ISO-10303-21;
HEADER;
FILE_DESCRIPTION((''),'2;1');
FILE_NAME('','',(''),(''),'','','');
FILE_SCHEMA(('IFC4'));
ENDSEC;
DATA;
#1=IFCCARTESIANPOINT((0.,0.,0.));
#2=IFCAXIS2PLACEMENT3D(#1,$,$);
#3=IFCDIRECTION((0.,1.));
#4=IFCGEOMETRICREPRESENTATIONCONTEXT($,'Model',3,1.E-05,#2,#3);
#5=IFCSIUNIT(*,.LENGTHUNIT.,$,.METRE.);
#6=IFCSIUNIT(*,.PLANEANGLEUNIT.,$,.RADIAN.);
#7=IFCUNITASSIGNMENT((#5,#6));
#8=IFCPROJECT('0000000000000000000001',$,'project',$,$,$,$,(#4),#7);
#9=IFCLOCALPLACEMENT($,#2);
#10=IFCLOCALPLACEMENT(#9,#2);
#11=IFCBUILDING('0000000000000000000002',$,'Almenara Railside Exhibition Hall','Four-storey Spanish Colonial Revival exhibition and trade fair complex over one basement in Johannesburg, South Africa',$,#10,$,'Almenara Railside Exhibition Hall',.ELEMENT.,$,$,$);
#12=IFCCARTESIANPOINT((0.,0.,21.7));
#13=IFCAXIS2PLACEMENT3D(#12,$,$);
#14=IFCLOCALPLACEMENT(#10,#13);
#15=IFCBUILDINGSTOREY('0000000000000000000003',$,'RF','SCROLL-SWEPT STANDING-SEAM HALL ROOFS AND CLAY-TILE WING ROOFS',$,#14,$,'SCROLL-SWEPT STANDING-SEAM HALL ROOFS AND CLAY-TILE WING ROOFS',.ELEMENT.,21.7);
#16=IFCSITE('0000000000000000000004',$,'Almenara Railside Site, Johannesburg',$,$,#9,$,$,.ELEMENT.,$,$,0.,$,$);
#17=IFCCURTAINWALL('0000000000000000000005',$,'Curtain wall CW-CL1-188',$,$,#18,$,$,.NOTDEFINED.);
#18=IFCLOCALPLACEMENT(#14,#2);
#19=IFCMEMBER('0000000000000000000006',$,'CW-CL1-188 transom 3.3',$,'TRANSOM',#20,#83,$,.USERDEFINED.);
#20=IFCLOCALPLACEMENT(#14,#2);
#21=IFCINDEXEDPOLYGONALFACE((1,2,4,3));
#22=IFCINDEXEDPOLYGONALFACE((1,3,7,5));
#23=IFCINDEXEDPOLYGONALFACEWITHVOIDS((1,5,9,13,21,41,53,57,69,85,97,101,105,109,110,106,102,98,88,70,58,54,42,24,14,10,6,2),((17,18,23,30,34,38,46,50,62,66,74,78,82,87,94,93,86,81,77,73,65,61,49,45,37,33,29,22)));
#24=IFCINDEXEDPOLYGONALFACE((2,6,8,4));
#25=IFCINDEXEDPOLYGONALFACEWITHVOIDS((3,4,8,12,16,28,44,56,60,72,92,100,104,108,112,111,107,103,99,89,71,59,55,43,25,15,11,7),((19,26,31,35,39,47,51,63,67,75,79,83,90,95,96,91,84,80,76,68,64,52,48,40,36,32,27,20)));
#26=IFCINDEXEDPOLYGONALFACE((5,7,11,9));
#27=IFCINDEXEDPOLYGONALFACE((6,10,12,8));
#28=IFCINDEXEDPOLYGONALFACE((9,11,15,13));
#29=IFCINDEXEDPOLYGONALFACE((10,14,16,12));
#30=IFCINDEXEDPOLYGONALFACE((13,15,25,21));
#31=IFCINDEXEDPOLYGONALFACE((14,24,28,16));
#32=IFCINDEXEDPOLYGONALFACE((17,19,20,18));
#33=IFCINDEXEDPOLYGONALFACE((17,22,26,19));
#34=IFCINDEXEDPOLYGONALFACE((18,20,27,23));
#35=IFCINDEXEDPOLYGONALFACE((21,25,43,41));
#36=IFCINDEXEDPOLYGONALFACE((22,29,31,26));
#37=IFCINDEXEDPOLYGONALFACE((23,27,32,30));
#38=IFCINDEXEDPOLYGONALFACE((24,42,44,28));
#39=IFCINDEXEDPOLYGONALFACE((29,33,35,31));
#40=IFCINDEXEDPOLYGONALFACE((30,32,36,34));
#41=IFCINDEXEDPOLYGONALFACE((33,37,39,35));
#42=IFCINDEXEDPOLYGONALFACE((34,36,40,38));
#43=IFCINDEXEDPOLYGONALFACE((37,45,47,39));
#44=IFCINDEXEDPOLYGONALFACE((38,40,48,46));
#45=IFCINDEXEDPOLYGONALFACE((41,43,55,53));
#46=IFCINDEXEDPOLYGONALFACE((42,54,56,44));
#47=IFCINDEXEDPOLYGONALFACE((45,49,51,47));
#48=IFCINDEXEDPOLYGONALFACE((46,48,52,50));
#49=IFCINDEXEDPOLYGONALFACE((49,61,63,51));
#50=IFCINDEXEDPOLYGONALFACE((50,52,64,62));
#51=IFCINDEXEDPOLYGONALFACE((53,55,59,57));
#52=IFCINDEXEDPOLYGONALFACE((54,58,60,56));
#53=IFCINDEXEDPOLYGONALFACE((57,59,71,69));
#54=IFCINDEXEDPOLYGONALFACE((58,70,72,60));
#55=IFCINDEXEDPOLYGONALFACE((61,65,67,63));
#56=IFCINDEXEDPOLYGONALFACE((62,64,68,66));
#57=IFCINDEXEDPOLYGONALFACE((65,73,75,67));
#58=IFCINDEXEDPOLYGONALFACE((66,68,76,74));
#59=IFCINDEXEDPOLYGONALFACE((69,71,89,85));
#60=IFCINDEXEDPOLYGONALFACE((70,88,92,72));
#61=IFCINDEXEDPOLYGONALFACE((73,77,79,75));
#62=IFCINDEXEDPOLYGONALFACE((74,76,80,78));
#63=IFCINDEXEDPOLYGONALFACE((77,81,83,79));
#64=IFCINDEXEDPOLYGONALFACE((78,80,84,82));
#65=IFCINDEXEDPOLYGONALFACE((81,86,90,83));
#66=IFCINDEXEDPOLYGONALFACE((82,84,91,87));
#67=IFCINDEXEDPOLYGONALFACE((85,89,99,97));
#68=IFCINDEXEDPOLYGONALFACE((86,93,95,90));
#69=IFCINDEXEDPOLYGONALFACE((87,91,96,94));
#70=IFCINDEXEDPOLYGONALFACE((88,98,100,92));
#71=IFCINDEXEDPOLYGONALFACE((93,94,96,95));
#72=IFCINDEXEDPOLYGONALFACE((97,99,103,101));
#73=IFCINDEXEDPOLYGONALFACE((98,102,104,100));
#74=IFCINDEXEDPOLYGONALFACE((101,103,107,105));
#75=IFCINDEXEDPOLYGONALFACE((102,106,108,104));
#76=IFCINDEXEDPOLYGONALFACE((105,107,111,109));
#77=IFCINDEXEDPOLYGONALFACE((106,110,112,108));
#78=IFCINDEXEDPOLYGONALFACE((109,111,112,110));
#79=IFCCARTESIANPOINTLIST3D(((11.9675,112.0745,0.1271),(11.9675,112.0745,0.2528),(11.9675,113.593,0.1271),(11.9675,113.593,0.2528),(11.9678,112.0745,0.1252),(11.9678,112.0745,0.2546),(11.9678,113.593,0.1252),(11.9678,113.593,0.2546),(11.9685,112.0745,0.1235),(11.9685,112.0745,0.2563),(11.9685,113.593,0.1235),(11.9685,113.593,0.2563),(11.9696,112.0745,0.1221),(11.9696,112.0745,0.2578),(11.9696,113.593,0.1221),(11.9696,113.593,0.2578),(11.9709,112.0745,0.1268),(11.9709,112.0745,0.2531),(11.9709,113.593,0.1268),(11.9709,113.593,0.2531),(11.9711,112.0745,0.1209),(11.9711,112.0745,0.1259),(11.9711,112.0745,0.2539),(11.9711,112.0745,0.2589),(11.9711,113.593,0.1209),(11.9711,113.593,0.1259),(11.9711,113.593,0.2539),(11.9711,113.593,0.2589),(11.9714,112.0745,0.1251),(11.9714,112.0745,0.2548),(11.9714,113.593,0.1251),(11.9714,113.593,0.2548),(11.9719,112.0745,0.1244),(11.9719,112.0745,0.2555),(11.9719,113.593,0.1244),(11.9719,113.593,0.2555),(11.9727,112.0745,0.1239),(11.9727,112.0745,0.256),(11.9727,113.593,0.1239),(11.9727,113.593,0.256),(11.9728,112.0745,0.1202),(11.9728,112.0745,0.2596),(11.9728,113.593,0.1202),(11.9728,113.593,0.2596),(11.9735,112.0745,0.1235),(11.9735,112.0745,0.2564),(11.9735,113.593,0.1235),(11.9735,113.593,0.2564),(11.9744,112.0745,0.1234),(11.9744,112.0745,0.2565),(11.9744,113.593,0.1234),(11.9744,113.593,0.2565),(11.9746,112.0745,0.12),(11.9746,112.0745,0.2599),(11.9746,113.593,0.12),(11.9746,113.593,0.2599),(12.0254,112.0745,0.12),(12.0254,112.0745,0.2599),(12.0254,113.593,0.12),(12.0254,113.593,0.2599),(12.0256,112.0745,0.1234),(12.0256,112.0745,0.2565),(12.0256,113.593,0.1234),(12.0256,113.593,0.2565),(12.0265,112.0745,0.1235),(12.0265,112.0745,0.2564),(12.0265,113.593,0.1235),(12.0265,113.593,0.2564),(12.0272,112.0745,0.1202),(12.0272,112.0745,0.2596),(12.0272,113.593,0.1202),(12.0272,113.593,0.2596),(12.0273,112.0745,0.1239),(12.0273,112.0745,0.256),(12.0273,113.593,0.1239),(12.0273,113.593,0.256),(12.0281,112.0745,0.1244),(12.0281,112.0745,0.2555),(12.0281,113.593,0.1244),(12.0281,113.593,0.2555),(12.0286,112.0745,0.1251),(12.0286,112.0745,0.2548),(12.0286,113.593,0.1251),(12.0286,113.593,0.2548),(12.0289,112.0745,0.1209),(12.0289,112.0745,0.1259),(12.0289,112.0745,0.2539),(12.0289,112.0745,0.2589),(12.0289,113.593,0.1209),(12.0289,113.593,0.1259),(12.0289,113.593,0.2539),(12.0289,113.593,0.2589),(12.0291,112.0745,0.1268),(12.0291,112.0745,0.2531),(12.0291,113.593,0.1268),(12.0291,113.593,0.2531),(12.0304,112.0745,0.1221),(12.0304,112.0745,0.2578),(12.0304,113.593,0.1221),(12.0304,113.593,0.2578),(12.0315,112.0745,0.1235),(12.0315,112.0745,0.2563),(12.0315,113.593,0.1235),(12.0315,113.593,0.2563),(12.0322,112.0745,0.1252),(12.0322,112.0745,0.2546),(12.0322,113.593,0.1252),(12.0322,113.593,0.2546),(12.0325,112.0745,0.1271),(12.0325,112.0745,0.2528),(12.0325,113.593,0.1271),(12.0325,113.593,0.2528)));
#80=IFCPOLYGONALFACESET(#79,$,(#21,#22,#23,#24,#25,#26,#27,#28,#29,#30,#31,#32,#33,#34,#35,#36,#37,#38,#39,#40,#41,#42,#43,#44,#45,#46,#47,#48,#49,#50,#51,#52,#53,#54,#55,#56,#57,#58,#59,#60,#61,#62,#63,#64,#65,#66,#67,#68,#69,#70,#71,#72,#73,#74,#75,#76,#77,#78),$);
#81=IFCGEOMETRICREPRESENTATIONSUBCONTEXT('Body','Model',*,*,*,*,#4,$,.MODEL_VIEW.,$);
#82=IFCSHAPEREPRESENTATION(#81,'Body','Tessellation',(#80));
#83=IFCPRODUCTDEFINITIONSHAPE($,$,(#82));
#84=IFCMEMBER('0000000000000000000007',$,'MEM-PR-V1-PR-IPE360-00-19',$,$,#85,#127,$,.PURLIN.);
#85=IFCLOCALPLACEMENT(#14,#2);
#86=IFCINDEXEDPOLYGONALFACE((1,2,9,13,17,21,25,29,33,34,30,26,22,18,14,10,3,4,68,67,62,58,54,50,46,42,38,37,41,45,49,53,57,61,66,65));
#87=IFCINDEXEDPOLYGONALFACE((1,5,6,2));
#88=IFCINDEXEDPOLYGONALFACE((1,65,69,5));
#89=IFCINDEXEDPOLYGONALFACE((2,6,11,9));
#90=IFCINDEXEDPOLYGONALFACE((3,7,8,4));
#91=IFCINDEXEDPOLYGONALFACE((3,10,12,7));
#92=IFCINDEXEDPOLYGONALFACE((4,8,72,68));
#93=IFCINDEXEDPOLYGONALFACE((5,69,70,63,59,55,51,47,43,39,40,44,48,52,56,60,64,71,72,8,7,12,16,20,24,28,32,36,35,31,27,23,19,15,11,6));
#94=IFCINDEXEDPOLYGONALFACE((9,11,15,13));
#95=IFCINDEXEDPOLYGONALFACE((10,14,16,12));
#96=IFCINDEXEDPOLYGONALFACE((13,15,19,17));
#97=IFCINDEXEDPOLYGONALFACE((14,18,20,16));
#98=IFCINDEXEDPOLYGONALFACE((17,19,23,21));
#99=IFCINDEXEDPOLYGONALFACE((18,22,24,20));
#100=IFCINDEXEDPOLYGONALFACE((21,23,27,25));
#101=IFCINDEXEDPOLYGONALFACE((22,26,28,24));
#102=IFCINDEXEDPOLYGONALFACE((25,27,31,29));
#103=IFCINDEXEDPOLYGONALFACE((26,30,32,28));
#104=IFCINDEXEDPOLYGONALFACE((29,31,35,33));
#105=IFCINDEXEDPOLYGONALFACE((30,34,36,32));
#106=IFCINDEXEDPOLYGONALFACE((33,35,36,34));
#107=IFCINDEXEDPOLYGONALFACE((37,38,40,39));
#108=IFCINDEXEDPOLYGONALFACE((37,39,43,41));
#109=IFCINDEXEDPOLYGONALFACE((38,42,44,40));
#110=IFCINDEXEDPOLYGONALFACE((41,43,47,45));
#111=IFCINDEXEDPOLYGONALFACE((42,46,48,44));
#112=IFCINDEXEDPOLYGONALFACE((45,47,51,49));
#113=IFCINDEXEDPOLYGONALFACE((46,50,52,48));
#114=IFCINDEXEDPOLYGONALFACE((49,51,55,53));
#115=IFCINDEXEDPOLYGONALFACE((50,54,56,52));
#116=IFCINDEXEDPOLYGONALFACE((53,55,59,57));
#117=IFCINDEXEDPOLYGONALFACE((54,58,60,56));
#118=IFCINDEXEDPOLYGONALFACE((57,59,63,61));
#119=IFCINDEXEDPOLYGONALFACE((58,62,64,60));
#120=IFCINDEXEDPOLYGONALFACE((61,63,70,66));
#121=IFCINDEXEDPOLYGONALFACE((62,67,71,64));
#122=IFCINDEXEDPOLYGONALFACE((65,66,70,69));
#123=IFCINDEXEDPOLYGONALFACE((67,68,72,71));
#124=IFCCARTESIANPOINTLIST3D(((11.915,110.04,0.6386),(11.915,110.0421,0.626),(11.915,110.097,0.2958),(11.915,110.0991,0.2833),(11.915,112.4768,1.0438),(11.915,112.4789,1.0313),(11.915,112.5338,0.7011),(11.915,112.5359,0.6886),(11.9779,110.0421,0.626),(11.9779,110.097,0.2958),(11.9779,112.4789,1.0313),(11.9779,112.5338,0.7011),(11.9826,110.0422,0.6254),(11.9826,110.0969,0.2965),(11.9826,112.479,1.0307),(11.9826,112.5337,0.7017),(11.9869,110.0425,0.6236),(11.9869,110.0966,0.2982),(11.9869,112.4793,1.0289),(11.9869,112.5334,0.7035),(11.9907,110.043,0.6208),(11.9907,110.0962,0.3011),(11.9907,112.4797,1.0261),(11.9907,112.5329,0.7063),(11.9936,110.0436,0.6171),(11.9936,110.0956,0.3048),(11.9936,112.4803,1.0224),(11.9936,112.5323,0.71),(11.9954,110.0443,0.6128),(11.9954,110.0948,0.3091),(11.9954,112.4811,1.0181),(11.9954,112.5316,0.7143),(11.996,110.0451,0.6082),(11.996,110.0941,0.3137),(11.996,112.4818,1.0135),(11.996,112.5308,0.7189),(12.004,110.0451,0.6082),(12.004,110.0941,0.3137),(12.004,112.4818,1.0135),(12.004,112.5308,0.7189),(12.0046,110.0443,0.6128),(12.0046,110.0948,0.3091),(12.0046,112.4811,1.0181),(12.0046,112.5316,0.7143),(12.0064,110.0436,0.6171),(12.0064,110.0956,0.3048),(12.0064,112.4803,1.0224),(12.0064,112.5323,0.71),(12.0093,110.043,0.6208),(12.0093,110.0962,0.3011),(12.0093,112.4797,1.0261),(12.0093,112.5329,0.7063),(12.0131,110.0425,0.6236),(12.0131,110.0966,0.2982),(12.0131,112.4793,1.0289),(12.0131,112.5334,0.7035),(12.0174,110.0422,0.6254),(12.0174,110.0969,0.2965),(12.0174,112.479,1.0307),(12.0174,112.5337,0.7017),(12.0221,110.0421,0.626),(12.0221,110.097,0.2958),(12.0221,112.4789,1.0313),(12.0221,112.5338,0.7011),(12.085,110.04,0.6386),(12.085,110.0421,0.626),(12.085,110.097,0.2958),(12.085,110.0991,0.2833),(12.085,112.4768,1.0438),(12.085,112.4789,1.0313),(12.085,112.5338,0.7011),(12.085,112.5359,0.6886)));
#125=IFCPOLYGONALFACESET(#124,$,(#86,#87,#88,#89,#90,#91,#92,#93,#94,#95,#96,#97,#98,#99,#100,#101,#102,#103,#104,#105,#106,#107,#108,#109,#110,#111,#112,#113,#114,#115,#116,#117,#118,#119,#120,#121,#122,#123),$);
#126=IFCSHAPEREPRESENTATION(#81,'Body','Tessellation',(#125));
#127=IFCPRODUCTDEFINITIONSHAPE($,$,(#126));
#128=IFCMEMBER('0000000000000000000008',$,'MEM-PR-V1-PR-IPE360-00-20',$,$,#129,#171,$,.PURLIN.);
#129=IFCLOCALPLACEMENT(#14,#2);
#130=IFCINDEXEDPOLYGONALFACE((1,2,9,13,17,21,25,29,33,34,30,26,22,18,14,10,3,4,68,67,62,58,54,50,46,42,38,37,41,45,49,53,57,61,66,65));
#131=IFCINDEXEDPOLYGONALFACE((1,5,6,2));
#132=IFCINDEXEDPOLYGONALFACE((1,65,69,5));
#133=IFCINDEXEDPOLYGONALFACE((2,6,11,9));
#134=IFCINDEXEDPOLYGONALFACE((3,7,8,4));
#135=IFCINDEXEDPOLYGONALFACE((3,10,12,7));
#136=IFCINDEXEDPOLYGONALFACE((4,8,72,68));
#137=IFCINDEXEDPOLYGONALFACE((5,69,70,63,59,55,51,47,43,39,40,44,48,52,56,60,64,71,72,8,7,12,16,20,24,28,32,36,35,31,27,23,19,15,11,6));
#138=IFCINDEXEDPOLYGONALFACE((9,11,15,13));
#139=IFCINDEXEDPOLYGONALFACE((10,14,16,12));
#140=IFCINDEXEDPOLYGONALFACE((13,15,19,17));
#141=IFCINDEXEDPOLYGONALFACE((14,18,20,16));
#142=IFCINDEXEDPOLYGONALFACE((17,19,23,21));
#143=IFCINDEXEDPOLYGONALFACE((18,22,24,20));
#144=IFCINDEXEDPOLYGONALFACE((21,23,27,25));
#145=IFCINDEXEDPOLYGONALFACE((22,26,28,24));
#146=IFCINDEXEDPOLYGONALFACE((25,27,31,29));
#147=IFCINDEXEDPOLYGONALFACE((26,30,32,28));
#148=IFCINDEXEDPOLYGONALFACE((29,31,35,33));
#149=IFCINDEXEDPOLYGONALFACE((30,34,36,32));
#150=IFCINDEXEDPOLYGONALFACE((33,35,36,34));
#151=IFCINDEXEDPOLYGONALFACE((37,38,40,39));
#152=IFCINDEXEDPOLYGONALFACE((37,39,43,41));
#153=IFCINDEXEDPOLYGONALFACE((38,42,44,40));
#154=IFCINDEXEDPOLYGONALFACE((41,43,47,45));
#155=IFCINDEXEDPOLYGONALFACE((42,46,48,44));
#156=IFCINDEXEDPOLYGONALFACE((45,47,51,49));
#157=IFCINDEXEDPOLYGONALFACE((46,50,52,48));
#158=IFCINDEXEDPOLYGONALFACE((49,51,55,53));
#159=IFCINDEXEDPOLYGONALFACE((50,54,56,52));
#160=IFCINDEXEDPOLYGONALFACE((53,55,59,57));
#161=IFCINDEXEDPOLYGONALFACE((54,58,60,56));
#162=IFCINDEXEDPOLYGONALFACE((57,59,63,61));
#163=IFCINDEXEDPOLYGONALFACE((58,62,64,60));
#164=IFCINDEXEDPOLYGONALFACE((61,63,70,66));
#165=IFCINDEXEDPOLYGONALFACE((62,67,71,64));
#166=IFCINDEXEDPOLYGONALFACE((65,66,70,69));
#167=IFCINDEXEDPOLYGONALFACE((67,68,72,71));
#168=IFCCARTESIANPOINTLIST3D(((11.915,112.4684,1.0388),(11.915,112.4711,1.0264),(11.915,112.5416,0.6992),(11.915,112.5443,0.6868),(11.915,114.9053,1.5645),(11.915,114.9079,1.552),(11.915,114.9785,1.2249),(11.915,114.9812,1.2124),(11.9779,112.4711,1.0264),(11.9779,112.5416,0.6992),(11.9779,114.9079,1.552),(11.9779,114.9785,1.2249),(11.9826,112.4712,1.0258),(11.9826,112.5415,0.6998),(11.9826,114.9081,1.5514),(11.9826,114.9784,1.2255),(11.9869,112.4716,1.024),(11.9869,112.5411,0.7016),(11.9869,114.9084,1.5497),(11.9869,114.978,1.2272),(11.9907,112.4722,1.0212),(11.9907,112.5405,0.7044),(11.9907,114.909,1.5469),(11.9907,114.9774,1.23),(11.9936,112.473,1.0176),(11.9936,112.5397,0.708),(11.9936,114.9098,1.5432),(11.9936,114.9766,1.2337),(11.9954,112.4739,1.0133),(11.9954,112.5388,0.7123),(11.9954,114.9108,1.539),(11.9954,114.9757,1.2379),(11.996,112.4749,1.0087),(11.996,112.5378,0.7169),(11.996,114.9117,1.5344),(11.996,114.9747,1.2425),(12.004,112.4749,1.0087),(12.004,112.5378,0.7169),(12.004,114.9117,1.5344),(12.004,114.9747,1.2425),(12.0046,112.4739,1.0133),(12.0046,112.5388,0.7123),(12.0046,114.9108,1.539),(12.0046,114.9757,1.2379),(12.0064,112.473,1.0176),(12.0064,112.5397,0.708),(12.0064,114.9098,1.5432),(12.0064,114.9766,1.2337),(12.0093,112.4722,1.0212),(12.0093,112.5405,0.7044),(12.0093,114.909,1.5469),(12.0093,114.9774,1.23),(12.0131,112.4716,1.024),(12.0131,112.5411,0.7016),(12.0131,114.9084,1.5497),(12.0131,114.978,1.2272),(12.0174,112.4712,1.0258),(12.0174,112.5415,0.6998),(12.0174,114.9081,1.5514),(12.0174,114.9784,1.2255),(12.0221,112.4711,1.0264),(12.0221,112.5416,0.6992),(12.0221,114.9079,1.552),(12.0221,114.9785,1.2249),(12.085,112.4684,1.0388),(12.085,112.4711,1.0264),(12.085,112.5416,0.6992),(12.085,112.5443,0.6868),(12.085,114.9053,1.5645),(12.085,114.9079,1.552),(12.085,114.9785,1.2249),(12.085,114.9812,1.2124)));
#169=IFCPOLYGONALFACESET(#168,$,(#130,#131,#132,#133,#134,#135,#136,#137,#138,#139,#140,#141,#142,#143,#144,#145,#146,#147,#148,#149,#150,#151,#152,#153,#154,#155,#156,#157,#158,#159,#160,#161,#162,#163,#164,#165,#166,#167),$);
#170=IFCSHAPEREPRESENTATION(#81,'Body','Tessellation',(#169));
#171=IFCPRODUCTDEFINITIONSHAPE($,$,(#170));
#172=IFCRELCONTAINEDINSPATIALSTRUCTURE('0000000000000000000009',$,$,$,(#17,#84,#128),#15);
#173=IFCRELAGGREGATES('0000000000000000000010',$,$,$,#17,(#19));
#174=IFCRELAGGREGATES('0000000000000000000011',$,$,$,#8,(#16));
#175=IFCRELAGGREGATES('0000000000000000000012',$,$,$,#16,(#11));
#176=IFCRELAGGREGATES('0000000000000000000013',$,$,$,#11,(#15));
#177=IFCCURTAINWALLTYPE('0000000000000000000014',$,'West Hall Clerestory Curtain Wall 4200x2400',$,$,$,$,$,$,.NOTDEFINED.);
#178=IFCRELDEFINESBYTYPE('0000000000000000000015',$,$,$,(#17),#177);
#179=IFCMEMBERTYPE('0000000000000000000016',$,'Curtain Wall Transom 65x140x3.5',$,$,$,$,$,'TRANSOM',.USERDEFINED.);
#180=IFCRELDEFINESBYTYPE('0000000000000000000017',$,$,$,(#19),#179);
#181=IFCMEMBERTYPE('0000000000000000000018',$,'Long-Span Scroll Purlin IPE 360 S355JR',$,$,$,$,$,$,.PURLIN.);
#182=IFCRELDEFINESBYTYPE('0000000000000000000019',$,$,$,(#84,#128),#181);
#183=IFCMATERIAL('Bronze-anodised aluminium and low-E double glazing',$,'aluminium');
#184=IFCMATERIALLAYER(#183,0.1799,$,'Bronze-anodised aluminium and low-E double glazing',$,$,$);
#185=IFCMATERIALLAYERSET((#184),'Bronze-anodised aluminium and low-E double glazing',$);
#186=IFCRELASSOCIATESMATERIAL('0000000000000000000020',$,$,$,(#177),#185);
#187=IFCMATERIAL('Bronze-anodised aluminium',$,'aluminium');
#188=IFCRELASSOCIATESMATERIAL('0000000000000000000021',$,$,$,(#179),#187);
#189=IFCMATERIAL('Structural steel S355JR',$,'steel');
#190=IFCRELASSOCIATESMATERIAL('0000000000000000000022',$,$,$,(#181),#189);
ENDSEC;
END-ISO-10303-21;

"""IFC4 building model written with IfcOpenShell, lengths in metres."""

from ifc_helpers import new_model, si_unit, direction, frame, origin, origin_2d, place, context, subcontext, project, spatial, hollow_rectangle, i_section, extrude, material, layer, layer_set, material_profile, profile_set, type_object, element, aggregate, save


model = new_model("IFC4")

# Units and contexts
model_context = context("Model", 3, precision=1e-05, world=origin(), true_north=direction((0.0, 1.0)))
body_context = subcontext(model_context, "Body", "Model", "MODEL_VIEW")
ifc_project = project(units=[si_unit("LENGTHUNIT", "METRE"), si_unit("PLANEANGLEUNIT", "RADIAN")], contexts=[model_context])

# Site, building, storey
site_placement = place(None, origin())
site = spatial("IfcSite", under=ifc_project, at=site_placement, Name="Almenara Railside Site, Johannesburg", CompositionType="ELEMENT", RefElevation=0.0)
building_placement = place(site_placement, origin())
building = spatial("IfcBuilding", under=site, at=building_placement, Name="Almenara Railside Exhibition Hall", Description="Four-storey Spanish Colonial Revival exhibition and trade fair complex over one basement in Johannesburg, South Africa", LongName="Almenara Railside Exhibition Hall", CompositionType="ELEMENT")
storey_placement = place(building_placement, frame((0.0, 0.0, 21.7)))
storey = spatial("IfcBuildingStorey", under=building, at=storey_placement, Name="RF", Description="SCROLL-SWEPT STANDING-SEAM HALL ROOFS AND CLAY-TILE WING ROOFS", LongName="SCROLL-SWEPT STANDING-SEAM HALL ROOFS AND CLAY-TILE WING ROOFS", CompositionType="ELEMENT", Elevation=21.7)

# Curtain wall
ifc_material_1 = material(Name="Bronze-anodised aluminium and low-E double glazing", Category="aluminium")
ifc_layer_1 = layer(ifc_material_1, 0.1799, Name="Bronze-anodised aluminium and low-E double glazing")
ifc_layer_set_1 = layer_set([ifc_layer_1], Name="Bronze-anodised aluminium and low-E double glazing")
curtain_wall_type = type_object("IfcCurtainWallType", Name="West Hall Clerestory Curtain Wall 4200x2400", PredefinedType="NOTDEFINED", material=ifc_layer_set_1)
ifc_material_2 = material(Name="Bronze-anodised aluminium", Category="aluminium")
curtain_wall_1_placement = place(storey_placement, origin())
curtain_wall_1 = element("IfcCurtainWall", 1, at=curtain_wall_1_placement, inside=storey, type_object=curtain_wall_type, Name="Curtain wall CW-CL1-188", PredefinedType="NOTDEFINED")

# Member
ifc_material_profile_1 = material_profile(ifc_material_2, hollow_rectangle(XDim=0.0649, YDim=0.1399, WallThickness=0.0034, InnerFilletRadius=0.0034, OuterFilletRadius=0.0071, at=origin_2d()), Name="ALU-TRN 65x140x3.5")
ifc_profile_set_1 = profile_set([ifc_material_profile_1], Name="Bronze-anodised aluminium")
member_type_1 = type_object("IfcMemberType", Name="Curtain Wall Transom 65x140x3.5", ElementType="TRANSOM", PredefinedType="USERDEFINED", material=ifc_profile_set_1)
member_1_placement = place(storey_placement, frame((12.0, 112.0745, 0.1899), z_axis=(0.0, 1.0, 0.0), x_axis=(-1.0, 0.0, 0.0)))
member_1 = element("IfcMember", 2, at=member_1_placement, type_object=member_type_1, Name="CW-CL1-188 transom 3.3", ObjectType="TRANSOM", PredefinedType="USERDEFINED", context=body_context, shape_type="SweptSolid", body=[
    extrude(hollow_rectangle(XDim=0.0649, YDim=0.1399, WallThickness=0.0034, InnerFilletRadius=0.0034, OuterFilletRadius=0.0071, at=origin_2d()), origin(), (0.0, 0.0, 1.0), 1.5186),
])

# Members
ifc_material_3 = material(Name="Structural steel S355JR", Category="steel")
ifc_material_profile_2 = material_profile(ifc_material_3, i_section(OverallWidth=0.1699, OverallDepth=0.3601, WebThickness=0.0081, FlangeThickness=0.0127, FilletRadius=0.0181, at=origin_2d()), Name="IPE 360")
ifc_profile_set_2 = profile_set([ifc_material_profile_2], Name="Structural steel S355JR")
member_type_2 = type_object("IfcMemberType", Name="Long-Span Scroll Purlin IPE 360 S355JR", PredefinedType="PURLIN", material=ifc_profile_set_2)
member_2_placement = place(storey_placement, frame((12.0, 110.0696, 0.4609), z_axis=(0.0, 0.98645, 0.164062), x_axis=(-1.0, 0.0, 0.0)))
element("IfcMember", 3, at=member_2_placement, inside=storey, type_object=member_type_2, Name="MEM-PR-V1-PR-IPE360-00-19", PredefinedType="PURLIN", context=body_context, shape_type="SweptSolid", body=[
    extrude(i_section(OverallWidth=0.1699, OverallDepth=0.3601, WebThickness=0.0081, FlangeThickness=0.0127, FilletRadius=0.0181, at=origin_2d()), origin(), (0.0, 0.0, 1.0), 2.4702),
])
member_3_placement = place(storey_placement, frame((12.0, 112.5063, 0.8628), z_axis=(0.0, 0.977516, 0.21086), x_axis=(-1.0, 0.0, 0.0)))
element("IfcMember", 4, at=member_3_placement, inside=storey, type_object=member_type_2, Name="MEM-PR-V1-PR-IPE360-00-20", PredefinedType="PURLIN", context=body_context, shape_type="SweptSolid", body=[
    extrude(i_section(OverallWidth=0.1699, OverallDepth=0.3601, WebThickness=0.0081, FlangeThickness=0.0127, FilletRadius=0.0181, at=origin_2d()), origin(), (0.0, 0.0, 1.0), 2.4929),
])

aggregate(curtain_wall_1, [member_1])

save(model, "model.ifc")
